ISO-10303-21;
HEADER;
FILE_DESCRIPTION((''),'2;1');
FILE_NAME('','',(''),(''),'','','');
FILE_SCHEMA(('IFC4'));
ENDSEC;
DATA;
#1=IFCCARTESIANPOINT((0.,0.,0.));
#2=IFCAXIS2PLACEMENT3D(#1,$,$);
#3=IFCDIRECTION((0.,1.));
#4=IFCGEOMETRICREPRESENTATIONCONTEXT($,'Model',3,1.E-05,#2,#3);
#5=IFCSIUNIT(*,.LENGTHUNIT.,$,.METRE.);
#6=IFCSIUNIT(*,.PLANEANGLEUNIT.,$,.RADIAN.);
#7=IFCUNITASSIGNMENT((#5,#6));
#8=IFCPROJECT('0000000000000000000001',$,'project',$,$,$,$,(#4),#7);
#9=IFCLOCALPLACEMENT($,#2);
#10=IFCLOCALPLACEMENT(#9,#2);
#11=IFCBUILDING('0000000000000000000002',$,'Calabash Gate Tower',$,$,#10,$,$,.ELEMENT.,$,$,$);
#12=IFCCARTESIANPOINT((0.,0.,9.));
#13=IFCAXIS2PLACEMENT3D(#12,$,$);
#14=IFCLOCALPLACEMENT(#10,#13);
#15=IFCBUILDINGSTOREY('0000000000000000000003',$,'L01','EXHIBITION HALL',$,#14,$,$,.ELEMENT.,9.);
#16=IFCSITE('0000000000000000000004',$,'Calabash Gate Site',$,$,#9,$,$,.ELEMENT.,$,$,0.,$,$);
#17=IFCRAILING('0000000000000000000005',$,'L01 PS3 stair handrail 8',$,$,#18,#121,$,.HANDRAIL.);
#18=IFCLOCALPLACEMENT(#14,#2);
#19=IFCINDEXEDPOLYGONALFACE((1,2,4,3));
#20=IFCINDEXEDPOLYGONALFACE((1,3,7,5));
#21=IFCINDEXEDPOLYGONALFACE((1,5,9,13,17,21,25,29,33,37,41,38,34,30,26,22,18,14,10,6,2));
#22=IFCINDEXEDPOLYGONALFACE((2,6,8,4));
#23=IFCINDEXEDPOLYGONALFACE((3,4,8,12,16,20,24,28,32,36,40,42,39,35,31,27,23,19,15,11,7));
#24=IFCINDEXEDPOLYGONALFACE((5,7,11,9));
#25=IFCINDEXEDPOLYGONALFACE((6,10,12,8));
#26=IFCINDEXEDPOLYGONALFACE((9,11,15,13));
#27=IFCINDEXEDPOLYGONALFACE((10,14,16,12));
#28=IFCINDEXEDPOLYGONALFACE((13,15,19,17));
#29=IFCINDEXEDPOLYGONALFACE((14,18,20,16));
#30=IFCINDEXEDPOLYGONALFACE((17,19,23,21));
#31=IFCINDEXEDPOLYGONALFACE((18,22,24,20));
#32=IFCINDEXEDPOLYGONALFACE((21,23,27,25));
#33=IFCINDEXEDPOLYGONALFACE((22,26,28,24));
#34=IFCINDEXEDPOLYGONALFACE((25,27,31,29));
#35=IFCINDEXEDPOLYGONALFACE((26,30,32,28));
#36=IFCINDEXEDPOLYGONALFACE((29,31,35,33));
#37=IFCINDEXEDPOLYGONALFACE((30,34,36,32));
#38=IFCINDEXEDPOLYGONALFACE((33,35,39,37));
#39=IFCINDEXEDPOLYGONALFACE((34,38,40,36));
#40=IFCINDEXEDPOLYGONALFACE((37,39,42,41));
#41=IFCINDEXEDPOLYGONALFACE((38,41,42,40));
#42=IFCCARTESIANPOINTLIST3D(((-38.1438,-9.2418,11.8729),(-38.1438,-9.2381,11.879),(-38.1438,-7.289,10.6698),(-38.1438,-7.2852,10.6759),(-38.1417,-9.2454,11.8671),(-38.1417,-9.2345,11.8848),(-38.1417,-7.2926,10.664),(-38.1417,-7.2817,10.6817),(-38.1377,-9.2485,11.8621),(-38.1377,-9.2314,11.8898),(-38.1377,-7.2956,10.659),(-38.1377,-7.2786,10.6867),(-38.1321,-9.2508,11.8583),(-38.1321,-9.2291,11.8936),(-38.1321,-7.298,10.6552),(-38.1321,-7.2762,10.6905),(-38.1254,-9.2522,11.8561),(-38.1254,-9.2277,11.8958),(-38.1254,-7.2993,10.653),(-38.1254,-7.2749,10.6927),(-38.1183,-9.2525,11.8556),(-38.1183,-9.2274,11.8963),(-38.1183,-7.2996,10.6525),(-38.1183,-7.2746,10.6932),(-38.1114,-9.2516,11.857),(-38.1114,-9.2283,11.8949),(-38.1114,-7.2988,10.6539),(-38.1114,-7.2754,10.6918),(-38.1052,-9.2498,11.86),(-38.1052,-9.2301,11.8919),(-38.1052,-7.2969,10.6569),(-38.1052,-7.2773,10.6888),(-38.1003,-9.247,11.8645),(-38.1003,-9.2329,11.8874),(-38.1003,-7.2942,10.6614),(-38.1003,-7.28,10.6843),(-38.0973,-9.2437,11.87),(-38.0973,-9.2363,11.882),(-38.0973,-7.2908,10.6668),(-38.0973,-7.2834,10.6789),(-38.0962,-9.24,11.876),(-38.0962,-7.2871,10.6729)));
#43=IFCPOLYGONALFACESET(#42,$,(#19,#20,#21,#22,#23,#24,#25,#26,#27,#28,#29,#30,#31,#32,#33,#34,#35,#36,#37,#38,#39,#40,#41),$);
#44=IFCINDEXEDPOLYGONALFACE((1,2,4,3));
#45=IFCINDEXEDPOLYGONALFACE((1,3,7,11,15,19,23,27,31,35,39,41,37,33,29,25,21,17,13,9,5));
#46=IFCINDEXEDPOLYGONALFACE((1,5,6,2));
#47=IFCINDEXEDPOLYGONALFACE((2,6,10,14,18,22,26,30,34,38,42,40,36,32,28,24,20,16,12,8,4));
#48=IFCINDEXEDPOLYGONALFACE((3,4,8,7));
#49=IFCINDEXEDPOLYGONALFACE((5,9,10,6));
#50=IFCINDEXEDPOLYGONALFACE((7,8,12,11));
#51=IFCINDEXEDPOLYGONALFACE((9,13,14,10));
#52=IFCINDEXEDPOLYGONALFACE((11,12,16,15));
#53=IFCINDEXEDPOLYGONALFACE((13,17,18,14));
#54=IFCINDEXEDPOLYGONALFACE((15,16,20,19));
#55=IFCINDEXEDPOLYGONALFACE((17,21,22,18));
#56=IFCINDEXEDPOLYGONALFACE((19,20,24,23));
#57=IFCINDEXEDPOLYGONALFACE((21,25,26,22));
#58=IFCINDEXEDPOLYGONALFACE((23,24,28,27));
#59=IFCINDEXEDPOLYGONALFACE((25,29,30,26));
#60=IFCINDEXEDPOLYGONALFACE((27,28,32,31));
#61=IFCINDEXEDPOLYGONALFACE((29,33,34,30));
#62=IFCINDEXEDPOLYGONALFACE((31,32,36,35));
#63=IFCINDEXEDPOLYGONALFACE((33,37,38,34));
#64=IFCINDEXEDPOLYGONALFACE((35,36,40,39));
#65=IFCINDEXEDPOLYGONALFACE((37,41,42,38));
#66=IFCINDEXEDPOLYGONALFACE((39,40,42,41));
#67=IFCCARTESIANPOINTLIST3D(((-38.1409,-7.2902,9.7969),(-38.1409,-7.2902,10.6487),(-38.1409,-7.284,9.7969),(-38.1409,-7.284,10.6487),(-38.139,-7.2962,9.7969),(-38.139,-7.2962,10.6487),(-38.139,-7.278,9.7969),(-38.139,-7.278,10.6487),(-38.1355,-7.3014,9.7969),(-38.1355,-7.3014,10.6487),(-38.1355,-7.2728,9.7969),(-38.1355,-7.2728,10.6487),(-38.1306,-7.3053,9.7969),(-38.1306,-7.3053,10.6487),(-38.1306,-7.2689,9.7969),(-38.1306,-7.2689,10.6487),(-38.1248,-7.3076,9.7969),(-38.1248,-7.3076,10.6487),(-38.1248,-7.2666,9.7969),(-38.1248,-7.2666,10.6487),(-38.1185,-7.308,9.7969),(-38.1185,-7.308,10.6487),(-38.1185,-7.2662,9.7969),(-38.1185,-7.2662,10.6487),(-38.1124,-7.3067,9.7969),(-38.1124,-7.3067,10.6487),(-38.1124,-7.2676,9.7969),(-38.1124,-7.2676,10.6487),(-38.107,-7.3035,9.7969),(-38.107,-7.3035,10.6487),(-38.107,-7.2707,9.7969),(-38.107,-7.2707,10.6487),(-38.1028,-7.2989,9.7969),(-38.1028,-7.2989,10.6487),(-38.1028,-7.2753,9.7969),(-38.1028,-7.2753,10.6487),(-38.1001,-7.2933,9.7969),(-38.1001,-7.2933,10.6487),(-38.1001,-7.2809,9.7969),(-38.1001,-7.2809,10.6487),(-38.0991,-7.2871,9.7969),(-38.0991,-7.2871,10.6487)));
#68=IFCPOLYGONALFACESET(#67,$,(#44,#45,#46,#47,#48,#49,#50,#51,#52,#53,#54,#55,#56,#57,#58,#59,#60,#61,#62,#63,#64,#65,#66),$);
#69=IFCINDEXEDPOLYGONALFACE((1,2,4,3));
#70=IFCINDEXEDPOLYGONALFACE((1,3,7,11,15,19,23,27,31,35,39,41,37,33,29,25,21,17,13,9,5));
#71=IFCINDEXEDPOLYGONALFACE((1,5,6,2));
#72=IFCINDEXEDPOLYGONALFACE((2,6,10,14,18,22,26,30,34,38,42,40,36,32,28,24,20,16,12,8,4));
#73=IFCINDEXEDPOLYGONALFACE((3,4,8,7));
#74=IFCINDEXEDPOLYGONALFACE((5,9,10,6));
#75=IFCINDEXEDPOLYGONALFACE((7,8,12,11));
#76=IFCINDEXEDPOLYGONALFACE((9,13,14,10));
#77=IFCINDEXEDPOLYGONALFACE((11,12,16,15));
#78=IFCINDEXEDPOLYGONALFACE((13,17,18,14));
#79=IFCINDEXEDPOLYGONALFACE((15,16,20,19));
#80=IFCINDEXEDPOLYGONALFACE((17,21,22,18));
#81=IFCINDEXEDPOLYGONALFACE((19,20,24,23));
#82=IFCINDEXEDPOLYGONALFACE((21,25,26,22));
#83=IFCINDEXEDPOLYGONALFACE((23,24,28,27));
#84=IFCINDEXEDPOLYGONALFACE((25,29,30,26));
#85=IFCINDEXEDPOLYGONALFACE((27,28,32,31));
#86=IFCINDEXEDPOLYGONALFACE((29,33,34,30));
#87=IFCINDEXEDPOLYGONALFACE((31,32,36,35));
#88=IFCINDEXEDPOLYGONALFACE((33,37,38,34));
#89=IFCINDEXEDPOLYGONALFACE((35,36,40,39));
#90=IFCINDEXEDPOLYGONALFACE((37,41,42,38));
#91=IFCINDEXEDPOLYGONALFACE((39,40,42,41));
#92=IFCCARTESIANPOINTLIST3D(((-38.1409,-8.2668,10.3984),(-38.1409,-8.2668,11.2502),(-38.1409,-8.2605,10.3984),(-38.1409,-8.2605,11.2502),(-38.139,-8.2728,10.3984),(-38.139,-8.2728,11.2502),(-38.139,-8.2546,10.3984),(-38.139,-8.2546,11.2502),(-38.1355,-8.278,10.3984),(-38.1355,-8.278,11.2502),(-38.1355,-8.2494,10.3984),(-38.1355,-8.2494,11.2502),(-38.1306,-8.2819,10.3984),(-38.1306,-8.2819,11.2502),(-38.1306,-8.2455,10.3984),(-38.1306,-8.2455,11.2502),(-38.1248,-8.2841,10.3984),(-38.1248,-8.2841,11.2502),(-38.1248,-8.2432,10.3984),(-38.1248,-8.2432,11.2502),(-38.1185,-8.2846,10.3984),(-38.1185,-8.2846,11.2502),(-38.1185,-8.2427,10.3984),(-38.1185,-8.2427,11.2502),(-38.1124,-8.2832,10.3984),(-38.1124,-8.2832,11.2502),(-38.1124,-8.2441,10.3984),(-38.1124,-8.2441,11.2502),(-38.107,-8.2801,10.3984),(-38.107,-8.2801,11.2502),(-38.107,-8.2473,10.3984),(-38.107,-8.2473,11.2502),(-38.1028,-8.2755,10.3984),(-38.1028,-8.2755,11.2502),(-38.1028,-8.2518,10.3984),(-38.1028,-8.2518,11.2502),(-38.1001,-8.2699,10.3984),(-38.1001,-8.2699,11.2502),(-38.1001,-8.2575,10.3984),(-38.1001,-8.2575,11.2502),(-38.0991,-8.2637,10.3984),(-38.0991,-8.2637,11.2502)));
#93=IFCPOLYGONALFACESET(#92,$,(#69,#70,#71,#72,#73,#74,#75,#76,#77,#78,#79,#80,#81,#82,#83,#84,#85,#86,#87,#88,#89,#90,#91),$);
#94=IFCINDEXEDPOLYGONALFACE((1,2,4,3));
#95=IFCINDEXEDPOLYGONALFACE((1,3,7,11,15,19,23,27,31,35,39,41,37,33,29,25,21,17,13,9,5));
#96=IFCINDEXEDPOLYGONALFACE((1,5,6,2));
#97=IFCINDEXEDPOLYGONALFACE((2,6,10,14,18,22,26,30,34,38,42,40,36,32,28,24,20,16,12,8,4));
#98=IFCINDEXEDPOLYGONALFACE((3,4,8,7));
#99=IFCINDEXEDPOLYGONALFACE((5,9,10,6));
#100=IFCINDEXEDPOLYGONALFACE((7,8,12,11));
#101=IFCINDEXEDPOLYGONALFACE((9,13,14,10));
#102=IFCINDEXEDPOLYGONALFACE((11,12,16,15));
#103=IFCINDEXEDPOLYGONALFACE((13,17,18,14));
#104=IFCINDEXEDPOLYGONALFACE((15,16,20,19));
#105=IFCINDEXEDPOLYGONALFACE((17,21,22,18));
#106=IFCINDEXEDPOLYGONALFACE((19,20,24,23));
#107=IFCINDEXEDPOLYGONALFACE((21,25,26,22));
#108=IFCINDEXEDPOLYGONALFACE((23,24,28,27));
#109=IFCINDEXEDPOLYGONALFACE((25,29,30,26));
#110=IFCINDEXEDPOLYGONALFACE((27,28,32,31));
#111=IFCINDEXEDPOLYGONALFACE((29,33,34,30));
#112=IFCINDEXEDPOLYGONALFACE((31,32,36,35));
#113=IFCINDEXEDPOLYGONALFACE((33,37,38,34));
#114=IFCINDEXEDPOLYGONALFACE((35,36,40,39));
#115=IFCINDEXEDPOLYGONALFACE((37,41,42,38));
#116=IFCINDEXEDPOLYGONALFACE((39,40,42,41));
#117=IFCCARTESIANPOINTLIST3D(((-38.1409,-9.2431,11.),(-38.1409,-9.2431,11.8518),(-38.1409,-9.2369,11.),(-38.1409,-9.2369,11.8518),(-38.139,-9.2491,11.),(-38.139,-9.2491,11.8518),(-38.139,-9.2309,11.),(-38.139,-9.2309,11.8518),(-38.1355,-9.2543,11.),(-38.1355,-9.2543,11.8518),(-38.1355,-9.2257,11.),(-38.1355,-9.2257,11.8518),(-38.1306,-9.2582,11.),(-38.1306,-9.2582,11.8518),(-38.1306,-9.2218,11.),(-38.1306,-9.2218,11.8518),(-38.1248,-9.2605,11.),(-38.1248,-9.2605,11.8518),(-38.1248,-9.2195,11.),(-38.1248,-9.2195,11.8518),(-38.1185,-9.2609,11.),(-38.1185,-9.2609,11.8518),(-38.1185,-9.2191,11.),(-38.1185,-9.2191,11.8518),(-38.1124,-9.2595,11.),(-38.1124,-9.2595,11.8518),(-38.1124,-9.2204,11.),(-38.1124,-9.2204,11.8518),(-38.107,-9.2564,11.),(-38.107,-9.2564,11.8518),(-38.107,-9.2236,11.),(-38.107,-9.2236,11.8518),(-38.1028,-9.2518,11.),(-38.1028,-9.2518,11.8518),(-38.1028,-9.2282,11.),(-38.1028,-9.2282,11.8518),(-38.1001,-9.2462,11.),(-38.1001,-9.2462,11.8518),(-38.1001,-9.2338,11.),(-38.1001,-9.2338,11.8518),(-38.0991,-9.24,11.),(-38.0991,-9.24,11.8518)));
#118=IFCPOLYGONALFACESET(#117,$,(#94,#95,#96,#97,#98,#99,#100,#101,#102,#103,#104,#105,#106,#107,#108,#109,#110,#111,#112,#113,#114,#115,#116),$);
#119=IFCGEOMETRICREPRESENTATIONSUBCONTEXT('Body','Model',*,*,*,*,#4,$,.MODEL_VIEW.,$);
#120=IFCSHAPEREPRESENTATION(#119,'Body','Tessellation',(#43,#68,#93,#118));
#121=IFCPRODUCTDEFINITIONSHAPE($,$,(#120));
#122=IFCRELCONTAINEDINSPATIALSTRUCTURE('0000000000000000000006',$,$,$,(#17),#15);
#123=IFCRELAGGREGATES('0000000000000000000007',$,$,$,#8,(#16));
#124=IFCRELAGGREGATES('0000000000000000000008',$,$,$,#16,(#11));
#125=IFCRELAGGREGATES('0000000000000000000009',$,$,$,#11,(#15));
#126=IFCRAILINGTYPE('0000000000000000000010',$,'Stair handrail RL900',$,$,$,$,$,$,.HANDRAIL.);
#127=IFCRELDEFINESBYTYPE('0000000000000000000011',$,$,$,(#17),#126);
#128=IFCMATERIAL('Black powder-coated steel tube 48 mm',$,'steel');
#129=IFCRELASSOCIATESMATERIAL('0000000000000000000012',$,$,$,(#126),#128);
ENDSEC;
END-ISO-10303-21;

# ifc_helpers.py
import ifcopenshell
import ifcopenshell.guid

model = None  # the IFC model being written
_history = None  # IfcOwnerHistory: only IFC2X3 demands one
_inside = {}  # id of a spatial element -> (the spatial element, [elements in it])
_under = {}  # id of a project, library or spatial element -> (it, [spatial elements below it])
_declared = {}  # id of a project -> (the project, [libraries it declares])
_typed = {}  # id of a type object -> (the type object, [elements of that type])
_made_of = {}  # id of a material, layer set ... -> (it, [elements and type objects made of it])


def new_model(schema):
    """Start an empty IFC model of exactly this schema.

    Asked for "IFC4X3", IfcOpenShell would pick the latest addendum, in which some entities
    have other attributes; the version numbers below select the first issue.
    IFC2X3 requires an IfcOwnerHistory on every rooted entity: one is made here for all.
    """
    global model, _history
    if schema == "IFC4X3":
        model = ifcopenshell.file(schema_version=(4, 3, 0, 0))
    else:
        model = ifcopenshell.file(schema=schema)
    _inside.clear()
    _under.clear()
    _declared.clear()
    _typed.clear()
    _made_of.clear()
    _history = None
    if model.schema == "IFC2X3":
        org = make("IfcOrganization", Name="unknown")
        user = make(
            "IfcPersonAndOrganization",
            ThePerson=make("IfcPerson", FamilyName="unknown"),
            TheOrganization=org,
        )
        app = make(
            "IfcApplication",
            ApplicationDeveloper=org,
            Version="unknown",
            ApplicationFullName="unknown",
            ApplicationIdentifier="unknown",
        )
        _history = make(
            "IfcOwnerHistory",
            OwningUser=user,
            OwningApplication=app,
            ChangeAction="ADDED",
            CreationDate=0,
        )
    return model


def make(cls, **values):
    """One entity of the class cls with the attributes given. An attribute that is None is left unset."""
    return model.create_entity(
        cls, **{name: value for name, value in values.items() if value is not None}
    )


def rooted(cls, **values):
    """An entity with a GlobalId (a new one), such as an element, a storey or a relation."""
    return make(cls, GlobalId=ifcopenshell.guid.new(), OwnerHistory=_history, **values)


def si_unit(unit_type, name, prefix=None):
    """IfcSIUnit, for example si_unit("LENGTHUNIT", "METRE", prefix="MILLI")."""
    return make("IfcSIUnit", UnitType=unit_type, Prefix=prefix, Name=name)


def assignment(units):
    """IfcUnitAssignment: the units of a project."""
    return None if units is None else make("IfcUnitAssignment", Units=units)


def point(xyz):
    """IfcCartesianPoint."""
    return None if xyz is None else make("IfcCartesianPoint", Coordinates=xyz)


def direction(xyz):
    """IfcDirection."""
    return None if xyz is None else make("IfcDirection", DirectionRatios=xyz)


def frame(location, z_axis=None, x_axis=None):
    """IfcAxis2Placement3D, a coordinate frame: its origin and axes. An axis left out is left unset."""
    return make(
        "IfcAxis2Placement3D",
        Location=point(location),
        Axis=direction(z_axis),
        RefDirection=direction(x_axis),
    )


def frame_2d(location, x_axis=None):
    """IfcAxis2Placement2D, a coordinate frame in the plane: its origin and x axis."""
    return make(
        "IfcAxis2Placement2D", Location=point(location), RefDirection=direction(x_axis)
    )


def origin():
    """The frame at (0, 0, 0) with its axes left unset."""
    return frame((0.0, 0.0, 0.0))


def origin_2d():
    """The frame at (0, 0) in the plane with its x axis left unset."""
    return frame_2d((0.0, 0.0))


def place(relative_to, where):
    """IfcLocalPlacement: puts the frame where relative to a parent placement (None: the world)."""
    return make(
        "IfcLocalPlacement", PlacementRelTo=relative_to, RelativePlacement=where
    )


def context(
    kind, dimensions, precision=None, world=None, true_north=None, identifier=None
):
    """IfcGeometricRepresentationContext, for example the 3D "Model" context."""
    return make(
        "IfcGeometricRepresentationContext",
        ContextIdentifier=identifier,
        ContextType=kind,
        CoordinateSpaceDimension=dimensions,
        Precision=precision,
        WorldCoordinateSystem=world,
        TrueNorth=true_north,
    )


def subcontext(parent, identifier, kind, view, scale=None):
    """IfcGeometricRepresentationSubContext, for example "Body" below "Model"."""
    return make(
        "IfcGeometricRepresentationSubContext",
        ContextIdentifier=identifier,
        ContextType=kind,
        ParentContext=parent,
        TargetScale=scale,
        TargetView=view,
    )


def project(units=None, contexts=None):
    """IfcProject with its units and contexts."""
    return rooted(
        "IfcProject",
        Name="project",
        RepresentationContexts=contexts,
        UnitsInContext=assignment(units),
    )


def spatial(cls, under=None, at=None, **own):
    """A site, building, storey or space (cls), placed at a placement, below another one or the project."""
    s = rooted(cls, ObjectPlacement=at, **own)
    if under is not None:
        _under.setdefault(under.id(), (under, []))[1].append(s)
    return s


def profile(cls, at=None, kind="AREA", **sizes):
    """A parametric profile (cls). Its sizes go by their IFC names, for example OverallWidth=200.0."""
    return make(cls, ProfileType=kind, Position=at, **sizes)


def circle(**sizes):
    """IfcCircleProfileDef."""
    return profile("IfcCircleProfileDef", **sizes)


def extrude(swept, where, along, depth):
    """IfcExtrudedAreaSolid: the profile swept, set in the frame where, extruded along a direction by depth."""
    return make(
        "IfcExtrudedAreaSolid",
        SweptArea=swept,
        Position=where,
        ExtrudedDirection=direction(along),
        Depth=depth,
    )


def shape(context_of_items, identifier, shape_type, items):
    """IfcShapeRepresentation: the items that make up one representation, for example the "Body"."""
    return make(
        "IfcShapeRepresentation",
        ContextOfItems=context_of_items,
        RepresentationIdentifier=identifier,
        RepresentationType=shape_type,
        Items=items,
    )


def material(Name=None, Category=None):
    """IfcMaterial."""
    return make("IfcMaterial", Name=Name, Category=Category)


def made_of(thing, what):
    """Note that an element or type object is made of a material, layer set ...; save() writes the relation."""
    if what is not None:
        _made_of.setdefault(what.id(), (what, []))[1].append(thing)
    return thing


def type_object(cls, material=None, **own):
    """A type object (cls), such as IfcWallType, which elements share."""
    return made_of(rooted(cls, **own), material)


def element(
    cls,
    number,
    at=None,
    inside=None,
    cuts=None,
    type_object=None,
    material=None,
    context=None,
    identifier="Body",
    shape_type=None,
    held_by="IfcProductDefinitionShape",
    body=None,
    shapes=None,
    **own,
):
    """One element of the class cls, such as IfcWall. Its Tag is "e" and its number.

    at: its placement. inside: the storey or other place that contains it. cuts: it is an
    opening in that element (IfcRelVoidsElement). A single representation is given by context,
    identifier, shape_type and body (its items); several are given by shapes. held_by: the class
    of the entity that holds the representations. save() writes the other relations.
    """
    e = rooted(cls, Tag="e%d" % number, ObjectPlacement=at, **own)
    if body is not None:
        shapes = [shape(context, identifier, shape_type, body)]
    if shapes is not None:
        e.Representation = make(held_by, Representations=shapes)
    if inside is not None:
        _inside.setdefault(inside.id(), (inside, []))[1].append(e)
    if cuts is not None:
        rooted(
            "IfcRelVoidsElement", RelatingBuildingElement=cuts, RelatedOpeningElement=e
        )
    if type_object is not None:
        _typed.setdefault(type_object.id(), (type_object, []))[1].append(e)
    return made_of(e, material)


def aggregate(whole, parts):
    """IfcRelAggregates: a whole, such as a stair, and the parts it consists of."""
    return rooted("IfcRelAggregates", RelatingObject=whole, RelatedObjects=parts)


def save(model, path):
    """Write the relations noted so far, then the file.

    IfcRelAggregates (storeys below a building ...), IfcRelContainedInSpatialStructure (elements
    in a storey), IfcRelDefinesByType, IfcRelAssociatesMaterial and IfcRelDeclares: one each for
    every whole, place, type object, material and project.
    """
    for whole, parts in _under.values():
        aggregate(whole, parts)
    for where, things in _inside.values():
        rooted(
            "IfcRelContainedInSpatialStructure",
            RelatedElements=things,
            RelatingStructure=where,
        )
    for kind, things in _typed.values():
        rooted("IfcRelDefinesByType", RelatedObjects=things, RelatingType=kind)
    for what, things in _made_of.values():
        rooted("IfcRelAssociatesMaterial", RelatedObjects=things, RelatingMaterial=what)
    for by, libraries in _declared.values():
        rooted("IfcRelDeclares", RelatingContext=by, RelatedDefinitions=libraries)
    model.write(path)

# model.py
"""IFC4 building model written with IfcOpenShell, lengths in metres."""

from ifc_helpers import new_model, si_unit, direction, frame, origin, origin_2d, place, context, subcontext, project, spatial, circle, extrude, material, type_object, element, save


model = new_model("IFC4")

# Units and contexts
model_context = context("Model", 3, precision=1e-05, world=origin(), true_north=direction((0.0, 1.0)))
body_context = subcontext(model_context, "Body", "Model", "MODEL_VIEW")
ifc_project = project(units=[si_unit("LENGTHUNIT", "METRE"), si_unit("PLANEANGLEUNIT", "RADIAN")], contexts=[model_context])

# Site, building, storey
site_placement = place(None, origin())
site = spatial("IfcSite", under=ifc_project, at=site_placement, Name="Calabash Gate Site", CompositionType="ELEMENT", RefElevation=0.0)
building_placement = place(site_placement, origin())
building = spatial("IfcBuilding", under=site, at=building_placement, Name="Calabash Gate Tower", CompositionType="ELEMENT")
storey_placement = place(building_placement, frame((0.0, 0.0, 9.0)))
storey = spatial("IfcBuildingStorey", under=building, at=storey_placement, Name="L01", Description="EXHIBITION HALL", CompositionType="ELEMENT", Elevation=9.0)

# Railing
ifc_material_1 = material(Name="Black powder-coated steel tube 48 mm", Category="steel")
railing_type_1 = type_object("IfcRailingType", Name="Stair handrail RL900", PredefinedType="HANDRAIL", material=ifc_material_1)
for number, where, name in (
    (1, (-38.1201, -7.2871, 9.7969), "L01 PS3 stair handrail 8"),
):
    element("IfcRailing", number, at=place(storey_placement, frame(where)), inside=storey, type_object=railing_type_1, Name=name, PredefinedType="HANDRAIL", context=body_context, shape_type="SweptSolid", body=[
        extrude(circle(Radius=0.0239, at=origin_2d()), frame((0.0, 0.0, 0.876), z_axis=(0.0, -0.851395, 0.524525), x_axis=(1.0, 0.0, 0.0)), (0.0, 0.0, 1.0), 2.2937),
        extrude(circle(Radius=0.021, at=origin_2d()), origin(), (0.0, 0.0, 1.0), 0.8518),
        extrude(circle(Radius=0.021, at=origin_2d()), frame((0.0, -0.9766, 0.6016)), (0.0, 0.0, 1.0), 0.8518),
        extrude(circle(Radius=0.021, at=origin_2d()), frame((0.0, -1.9529, 1.2031)), (0.0, 0.0, 1.0), 0.8518),
    ])

save(model, "model.ifc")
